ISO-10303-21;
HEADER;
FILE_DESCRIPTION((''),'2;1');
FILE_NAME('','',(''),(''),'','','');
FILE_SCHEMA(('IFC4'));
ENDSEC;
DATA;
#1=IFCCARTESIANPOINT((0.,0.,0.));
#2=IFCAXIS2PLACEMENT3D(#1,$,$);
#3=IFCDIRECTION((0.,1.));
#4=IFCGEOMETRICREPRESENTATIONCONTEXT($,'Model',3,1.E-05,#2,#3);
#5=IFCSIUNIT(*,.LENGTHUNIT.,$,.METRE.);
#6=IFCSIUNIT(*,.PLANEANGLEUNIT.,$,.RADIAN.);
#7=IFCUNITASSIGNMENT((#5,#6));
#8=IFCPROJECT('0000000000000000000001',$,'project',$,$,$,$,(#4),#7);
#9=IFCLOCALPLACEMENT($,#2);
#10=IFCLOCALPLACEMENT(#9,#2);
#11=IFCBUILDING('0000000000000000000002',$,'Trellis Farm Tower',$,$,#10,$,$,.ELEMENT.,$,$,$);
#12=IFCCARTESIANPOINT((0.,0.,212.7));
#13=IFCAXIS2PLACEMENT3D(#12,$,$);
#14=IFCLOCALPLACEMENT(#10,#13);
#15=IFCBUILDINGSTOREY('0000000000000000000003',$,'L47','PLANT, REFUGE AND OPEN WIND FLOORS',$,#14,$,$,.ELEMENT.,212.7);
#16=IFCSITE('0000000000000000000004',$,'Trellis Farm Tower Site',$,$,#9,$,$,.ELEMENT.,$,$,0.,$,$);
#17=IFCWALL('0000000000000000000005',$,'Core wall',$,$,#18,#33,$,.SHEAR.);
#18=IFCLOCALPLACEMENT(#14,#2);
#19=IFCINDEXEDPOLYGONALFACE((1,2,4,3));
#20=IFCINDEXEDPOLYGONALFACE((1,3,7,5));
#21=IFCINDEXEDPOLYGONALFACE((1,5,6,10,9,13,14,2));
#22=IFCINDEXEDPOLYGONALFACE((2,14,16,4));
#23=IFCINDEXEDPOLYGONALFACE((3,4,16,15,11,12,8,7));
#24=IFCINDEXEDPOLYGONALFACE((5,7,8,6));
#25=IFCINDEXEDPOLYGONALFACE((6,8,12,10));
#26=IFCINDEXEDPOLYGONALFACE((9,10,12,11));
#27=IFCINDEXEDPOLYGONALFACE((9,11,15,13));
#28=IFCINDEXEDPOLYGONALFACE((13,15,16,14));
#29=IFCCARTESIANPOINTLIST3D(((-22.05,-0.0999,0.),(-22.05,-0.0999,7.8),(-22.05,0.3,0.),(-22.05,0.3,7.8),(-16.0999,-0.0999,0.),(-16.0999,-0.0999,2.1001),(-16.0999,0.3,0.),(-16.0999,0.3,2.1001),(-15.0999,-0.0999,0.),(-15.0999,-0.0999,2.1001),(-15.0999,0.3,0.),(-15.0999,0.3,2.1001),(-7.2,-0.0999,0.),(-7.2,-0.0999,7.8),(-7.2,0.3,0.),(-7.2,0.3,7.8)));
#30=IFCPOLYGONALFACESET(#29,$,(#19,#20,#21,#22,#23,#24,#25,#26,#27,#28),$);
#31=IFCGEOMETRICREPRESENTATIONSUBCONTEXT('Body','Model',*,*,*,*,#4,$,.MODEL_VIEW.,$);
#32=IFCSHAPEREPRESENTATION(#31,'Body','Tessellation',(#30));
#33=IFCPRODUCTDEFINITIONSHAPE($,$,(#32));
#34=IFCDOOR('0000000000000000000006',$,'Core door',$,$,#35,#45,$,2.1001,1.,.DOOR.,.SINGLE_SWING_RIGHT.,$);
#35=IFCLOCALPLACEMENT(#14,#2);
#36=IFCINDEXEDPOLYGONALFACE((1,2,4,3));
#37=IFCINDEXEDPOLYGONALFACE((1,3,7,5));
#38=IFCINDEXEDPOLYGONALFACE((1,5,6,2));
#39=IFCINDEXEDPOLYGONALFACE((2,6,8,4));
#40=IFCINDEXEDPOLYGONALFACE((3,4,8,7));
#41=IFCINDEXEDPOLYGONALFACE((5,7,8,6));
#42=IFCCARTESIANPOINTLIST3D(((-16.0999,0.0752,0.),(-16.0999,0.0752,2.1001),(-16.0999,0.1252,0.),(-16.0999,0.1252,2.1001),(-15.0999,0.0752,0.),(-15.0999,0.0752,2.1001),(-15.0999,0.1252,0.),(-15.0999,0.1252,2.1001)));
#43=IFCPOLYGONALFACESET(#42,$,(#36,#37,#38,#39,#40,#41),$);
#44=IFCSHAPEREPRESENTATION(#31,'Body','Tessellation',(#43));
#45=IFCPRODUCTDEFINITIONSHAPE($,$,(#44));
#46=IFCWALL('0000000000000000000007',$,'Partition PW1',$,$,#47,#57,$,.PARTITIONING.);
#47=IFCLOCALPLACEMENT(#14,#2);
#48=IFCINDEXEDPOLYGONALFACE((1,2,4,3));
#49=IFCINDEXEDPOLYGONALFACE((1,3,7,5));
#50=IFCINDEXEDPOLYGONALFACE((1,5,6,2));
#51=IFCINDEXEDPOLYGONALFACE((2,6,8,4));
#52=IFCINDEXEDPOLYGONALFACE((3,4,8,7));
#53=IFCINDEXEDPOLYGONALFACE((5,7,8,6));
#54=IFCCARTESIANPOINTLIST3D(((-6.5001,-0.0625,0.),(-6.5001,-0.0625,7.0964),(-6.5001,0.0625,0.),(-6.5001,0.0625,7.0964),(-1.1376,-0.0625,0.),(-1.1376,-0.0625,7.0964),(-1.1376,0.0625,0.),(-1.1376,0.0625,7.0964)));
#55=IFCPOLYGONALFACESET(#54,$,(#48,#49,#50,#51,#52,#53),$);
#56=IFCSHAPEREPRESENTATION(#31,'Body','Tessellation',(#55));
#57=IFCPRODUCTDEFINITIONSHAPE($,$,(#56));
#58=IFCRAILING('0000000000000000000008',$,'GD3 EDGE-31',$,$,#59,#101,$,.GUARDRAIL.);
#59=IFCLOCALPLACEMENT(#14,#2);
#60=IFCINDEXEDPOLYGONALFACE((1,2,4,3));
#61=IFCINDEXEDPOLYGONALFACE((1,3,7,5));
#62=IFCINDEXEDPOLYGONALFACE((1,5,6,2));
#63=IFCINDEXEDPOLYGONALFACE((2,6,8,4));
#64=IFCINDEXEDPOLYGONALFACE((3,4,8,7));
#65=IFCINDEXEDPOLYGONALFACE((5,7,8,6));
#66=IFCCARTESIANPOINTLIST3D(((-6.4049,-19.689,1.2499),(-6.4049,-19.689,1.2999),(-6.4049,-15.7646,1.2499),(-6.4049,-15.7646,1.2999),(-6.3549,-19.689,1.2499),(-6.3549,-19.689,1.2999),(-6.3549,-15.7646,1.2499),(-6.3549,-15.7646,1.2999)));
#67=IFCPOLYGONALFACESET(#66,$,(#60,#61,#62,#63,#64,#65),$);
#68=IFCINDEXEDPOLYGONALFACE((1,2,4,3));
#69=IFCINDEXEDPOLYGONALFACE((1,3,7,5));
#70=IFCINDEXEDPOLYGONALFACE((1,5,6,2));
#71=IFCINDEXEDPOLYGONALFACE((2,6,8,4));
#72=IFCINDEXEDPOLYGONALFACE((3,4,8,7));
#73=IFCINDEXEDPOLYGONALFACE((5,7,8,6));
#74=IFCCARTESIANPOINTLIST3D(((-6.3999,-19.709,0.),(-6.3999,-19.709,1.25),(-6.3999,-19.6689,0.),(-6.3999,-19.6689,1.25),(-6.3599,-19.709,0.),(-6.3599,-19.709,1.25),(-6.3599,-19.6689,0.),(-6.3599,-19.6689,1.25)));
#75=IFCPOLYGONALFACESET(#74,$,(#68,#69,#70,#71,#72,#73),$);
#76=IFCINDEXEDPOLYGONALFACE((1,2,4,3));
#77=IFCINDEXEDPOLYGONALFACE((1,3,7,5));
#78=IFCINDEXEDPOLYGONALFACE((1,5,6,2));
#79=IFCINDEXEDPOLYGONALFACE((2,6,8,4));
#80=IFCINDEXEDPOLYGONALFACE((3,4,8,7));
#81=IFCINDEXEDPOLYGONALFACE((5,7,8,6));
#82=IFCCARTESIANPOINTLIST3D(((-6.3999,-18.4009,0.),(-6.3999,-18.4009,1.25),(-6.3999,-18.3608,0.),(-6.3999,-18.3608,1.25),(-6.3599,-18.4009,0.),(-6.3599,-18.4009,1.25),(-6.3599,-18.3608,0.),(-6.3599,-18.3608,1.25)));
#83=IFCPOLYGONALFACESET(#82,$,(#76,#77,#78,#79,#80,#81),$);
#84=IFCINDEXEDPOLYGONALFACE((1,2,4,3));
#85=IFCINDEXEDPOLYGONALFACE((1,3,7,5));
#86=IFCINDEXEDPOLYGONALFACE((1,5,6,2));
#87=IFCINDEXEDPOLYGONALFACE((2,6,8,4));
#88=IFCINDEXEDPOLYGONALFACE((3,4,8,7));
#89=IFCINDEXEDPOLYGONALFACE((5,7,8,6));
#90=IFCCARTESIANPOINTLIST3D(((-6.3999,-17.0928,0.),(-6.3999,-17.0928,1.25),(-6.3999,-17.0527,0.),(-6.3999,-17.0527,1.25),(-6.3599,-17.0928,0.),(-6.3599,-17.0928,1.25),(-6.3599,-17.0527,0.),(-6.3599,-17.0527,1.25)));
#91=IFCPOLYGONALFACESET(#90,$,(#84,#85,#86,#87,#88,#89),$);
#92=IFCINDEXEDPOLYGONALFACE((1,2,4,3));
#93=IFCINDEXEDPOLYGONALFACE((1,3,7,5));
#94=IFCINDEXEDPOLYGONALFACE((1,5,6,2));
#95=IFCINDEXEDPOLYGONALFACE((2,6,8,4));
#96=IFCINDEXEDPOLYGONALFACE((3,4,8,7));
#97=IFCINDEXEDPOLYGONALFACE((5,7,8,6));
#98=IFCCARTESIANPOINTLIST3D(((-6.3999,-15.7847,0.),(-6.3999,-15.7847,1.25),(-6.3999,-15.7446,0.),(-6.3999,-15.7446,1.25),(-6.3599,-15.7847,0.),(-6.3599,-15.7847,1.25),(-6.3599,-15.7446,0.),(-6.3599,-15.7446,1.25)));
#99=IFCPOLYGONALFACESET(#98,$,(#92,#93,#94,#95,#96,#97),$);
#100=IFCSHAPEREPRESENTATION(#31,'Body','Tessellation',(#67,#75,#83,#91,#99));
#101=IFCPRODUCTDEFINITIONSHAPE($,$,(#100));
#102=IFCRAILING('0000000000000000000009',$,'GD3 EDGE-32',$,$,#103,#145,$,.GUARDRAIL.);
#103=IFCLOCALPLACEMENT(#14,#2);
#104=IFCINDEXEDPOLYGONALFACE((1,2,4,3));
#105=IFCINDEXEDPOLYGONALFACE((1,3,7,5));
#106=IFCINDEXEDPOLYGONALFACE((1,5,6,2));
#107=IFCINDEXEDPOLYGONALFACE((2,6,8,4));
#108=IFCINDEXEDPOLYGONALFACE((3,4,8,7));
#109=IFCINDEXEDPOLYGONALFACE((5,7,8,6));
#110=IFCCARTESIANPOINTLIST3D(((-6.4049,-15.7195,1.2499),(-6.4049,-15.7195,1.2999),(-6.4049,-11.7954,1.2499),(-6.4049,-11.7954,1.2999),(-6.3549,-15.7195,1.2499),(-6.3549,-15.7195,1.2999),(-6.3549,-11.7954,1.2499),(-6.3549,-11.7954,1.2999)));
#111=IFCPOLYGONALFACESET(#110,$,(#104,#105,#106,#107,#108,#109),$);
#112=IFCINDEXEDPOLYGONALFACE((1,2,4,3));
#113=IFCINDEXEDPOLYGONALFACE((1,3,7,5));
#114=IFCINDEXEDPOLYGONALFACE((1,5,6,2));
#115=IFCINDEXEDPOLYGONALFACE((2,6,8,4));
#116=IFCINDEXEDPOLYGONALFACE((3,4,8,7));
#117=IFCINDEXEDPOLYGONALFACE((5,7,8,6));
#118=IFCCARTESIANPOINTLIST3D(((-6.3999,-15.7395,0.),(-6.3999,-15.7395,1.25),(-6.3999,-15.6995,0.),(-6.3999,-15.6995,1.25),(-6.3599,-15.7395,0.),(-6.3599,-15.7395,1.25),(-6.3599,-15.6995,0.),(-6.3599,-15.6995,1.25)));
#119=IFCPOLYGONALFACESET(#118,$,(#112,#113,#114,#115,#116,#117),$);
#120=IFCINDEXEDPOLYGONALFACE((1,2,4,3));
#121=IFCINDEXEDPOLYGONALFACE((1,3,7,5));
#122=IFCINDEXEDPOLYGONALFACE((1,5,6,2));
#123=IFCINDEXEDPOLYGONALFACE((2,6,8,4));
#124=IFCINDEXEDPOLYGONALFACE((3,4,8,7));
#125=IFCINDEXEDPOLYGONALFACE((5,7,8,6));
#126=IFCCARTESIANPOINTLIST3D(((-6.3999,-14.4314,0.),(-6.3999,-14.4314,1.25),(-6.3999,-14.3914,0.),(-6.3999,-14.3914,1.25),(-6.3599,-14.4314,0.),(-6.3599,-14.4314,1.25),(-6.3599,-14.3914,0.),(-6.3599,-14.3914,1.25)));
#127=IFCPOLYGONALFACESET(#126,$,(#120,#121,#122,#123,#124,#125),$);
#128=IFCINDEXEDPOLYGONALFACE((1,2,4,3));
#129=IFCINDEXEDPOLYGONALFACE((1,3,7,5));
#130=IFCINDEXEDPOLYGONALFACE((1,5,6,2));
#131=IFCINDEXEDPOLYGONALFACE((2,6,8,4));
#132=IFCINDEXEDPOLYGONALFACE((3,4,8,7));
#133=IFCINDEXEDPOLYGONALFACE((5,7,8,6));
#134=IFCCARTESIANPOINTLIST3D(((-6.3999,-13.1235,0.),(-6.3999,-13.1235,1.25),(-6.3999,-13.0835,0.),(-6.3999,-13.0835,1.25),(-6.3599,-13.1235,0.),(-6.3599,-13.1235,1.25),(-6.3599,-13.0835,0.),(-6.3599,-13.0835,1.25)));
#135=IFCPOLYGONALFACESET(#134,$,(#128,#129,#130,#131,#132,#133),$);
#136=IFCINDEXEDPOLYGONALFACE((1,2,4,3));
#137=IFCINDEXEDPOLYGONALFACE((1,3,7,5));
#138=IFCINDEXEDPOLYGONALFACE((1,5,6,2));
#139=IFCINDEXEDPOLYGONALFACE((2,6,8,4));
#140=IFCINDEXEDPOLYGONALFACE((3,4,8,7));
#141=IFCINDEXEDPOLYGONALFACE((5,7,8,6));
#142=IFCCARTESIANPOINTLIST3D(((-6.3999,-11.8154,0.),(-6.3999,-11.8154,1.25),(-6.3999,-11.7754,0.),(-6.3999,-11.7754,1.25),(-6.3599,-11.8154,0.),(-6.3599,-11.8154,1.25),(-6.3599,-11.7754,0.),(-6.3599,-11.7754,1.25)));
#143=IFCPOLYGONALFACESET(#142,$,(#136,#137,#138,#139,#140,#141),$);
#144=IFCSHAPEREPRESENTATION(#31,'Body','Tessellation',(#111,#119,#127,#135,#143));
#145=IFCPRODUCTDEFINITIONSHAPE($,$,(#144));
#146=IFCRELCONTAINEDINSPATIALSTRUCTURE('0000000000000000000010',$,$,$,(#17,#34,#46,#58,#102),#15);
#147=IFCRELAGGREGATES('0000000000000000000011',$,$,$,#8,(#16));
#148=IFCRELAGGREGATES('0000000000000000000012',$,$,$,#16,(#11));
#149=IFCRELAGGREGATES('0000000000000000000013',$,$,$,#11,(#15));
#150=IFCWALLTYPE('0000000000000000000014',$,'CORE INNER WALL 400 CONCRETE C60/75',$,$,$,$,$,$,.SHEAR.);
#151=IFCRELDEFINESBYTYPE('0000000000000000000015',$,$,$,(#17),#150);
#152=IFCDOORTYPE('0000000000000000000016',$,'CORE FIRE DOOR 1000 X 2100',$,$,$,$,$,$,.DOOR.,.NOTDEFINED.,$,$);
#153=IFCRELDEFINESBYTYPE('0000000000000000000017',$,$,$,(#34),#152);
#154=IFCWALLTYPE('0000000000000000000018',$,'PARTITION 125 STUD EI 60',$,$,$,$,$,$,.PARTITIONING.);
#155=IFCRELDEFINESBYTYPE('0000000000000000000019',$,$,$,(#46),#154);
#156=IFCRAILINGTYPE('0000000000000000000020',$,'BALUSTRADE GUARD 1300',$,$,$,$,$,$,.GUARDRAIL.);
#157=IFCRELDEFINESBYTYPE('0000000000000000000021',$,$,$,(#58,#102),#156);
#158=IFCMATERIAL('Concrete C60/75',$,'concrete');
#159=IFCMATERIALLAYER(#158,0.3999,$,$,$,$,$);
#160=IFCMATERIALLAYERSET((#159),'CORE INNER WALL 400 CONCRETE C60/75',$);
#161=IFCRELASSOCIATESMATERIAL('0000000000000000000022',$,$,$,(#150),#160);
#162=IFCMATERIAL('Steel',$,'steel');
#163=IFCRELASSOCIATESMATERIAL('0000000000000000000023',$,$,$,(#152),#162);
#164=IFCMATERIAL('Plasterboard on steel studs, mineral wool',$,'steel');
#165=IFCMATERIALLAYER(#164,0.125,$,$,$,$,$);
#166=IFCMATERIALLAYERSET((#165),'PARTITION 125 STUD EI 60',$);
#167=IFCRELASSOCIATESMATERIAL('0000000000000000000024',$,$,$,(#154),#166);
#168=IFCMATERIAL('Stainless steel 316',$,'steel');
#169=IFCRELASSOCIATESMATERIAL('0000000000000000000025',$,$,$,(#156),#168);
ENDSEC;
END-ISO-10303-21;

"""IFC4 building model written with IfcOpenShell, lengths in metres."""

from ifc_helpers import new_model, si_unit, direction, frame, frame_2d, origin, origin_2d, place, context, subcontext, project, spatial, rectangle, extrude, source, transform, mapped, material, layer, layer_set, type_object, element, fill, save


model = new_model("IFC4")

# Units and contexts
model_context = context("Model", 3, precision=1e-05, world=origin(), true_north=direction((0.0, 1.0)))
body_context = subcontext(model_context, "Body", "Model", "MODEL_VIEW")
ifc_project = project(units=[si_unit("LENGTHUNIT", "METRE"), si_unit("PLANEANGLEUNIT", "RADIAN")], contexts=[model_context])

# Site, building, storey
site_placement = place(None, origin())
site = spatial("IfcSite", under=ifc_project, at=site_placement, Name="Trellis Farm Tower Site", CompositionType="ELEMENT", RefElevation=0.0)
building_placement = place(site_placement, origin())
building = spatial("IfcBuilding", under=site, at=building_placement, Name="Trellis Farm Tower", CompositionType="ELEMENT")
storey_placement = place(building_placement, frame((0.0, 0.0, 212.7)))
storey = spatial("IfcBuildingStorey", under=building, at=storey_placement, Name="L47", Description="PLANT, REFUGE AND OPEN WIND FLOORS", CompositionType="ELEMENT", Elevation=212.7)

# Shared definitions
ifc_material_1 = material(Name="Concrete C60/75", Category="concrete")

# Shared definitions
ifc_layer_1 = layer(ifc_material_1, 0.3999)
ifc_layer_set_1 = layer_set([ifc_layer_1], Name="CORE INNER WALL 400 CONCRETE C60/75")
wall_type_1 = type_object("IfcWallType", Name="CORE INNER WALL 400 CONCRETE C60/75", PredefinedType="SHEAR", material=ifc_layer_set_1)

# Shared definitions
ifc_material_2 = material(Name="Steel", Category="steel")

# Shared definitions
door_type_1 = type_object("IfcDoorType", Name="CORE FIRE DOOR 1000 X 2100", OperationType="NOTDEFINED", PredefinedType="DOOR", material=ifc_material_2)

# Wall, opening, door
shared_shape_1 = source(origin(), body_context, "Body", "SweptSolid", [
    extrude(rectangle(XDim=14.8501, YDim=0.3999, at=frame_2d((7.425, 0.0))), origin(), (0.0, 0.0, 1.0), 7.8),
])
wall_1_placement = place(storey_placement, frame((-7.2, 0.1001, 0.0), z_axis=(0.0, 0.0, 1.0), x_axis=(-1.0, 0.0, 0.0)))
wall_1 = element("IfcWall", 1, at=wall_1_placement, inside=storey, type_object=wall_type_1, Name="Core wall", PredefinedType="SHEAR", context=body_context, shape_type="MappedRepresentation", body=[
    mapped(shared_shape_1, transform((0.0, 0.0, 0.0))),
])
shared_shape_2 = source(origin(), body_context, "Body", "SweptSolid", [
    extrude(rectangle(XDim=1.0, YDim=2.1001, at=frame_2d((0.5, 1.05))), frame((0.0, 0.21, 0.0), z_axis=(0.0, -1.0, 0.0), x_axis=(1.0, 0.0, 0.0)), (0.0, 0.0, 1.0), 0.4199),
])
opening_1_placement = place(wall_1_placement, frame((7.8999, 0.0, 0.0)))
opening_1 = element("IfcOpeningElement", 2, at=opening_1_placement, cuts=wall_1, PredefinedType="OPENING", context=body_context, shape_type="MappedRepresentation", body=[
    mapped(shared_shape_2, transform((0.0, 0.0, 0.0))),
])
shared_shape_3 = source(origin(), body_context, "Body", "SweptSolid", [
    extrude(rectangle(XDim=1.0, YDim=2.1001, at=frame_2d((0.5, 1.05))), frame((0.0, 0.0249, 0.0), z_axis=(0.0, -1.0, 0.0), x_axis=(1.0, 0.0, 0.0)), (0.0, 0.0, 1.0), 0.05),
])
door_1_placement = place(opening_1_placement, origin())
door_1 = element("IfcDoor", 3, at=door_1_placement, inside=storey, type_object=door_type_1, Name="Core door", OperationType="SINGLE_SWING_RIGHT", OverallHeight=2.1001, OverallWidth=1.0, PredefinedType="DOOR", context=body_context, shape_type="MappedRepresentation", body=[
    mapped(shared_shape_3, transform((0.0, 0.0, 0.0))),
])
fill(opening_1, door_1)

# Wall
ifc_material_3 = material(Name="Plasterboard on steel studs, mineral wool", Category="steel")
ifc_layer_2 = layer(ifc_material_3, 0.125)
ifc_layer_set_2 = layer_set([ifc_layer_2], Name="PARTITION 125 STUD EI 60")
wall_type_2 = type_object("IfcWallType", Name="PARTITION 125 STUD EI 60", PredefinedType="PARTITIONING", material=ifc_layer_set_2)
shared_shape_4 = source(origin(), body_context, "Body", "SweptSolid", [
    extrude(rectangle(XDim=5.3625, YDim=0.125, at=frame_2d((2.6812, 0.0))), origin(), (0.0, 0.0, 1.0), 7.0964),
])
wall_2_placement = place(storey_placement, frame((-6.5, 0.0, 0.0), z_axis=(0.0, 0.0, 1.0), x_axis=(1.0, 0.0, 0.0)))
element("IfcWall", 4, at=wall_2_placement, inside=storey, type_object=wall_type_2, Name="Partition PW1", PredefinedType="PARTITIONING", context=body_context, shape_type="MappedRepresentation", body=[
    mapped(shared_shape_4, transform((0.0, 0.0, 0.0))),
])

# Railings
ifc_material_4 = material(Name="Stainless steel 316", Category="steel")
railing_type = type_object("IfcRailingType", Name="BALUSTRADE GUARD 1300", PredefinedType="GUARDRAIL", material=ifc_material_4)
railing_1_placement = place(storey_placement, frame((-6.3799, -19.689, 0.0)))
element("IfcRailing", 5, at=railing_1_placement, inside=storey, type_object=railing_type, Name="GD3 EDGE-31", PredefinedType="GUARDRAIL", context=body_context, shape_type="SweptSolid", body=[
    extrude(rectangle(XDim=0.05, YDim=0.05, at=origin_2d()), frame((0.0, 0.0, 1.2749), z_axis=(0.0, 1.0, 0.0), x_axis=(-1.0, 0.0, 0.0)), (0.0, 0.0, 1.0), 3.9243),
    extrude(rectangle(XDim=0.04, YDim=0.04, at=origin_2d()), origin(), (0.0, 0.0, 1.0), 1.25),
    extrude(rectangle(XDim=0.04, YDim=0.04, at=origin_2d()), frame((0.0, 1.3081, 0.0)), (0.0, 0.0, 1.0), 1.25),
    extrude(rectangle(XDim=0.04, YDim=0.04, at=origin_2d()), frame((0.0, 2.6162, 0.0)), (0.0, 0.0, 1.0), 1.25),
    extrude(rectangle(XDim=0.04, YDim=0.04, at=origin_2d()), frame((0.0, 3.9243, 0.0)), (0.0, 0.0, 1.0), 1.25),
])
railing_2_placement = place(storey_placement, frame((-6.3799, -15.7195, 0.0)))
element("IfcRailing", 6, at=railing_2_placement, inside=storey, type_object=railing_type, Name="GD3 EDGE-32", PredefinedType="GUARDRAIL", context=body_context, shape_type="SweptSolid", body=[
    extrude(rectangle(XDim=0.05, YDim=0.05, at=origin_2d()), frame((0.0, 0.0, 1.2749), z_axis=(0.0, 1.0, 0.0), x_axis=(-1.0, 0.0, 0.0)), (0.0, 0.0, 1.0), 3.9241),
    extrude(rectangle(XDim=0.04, YDim=0.04, at=origin_2d()), origin(), (0.0, 0.0, 1.0), 1.25),
    extrude(rectangle(XDim=0.04, YDim=0.04, at=origin_2d()), frame((0.0, 1.3081, 0.0)), (0.0, 0.0, 1.0), 1.25),
    extrude(rectangle(XDim=0.04, YDim=0.04, at=origin_2d()), frame((0.0, 2.616, 0.0)), (0.0, 0.0, 1.0), 1.25),
    extrude(rectangle(XDim=0.04, YDim=0.04, at=origin_2d()), frame((0.0, 3.9241, 0.0)), (0.0, 0.0, 1.0), 1.25),
])

save(model, "model.ifc")
